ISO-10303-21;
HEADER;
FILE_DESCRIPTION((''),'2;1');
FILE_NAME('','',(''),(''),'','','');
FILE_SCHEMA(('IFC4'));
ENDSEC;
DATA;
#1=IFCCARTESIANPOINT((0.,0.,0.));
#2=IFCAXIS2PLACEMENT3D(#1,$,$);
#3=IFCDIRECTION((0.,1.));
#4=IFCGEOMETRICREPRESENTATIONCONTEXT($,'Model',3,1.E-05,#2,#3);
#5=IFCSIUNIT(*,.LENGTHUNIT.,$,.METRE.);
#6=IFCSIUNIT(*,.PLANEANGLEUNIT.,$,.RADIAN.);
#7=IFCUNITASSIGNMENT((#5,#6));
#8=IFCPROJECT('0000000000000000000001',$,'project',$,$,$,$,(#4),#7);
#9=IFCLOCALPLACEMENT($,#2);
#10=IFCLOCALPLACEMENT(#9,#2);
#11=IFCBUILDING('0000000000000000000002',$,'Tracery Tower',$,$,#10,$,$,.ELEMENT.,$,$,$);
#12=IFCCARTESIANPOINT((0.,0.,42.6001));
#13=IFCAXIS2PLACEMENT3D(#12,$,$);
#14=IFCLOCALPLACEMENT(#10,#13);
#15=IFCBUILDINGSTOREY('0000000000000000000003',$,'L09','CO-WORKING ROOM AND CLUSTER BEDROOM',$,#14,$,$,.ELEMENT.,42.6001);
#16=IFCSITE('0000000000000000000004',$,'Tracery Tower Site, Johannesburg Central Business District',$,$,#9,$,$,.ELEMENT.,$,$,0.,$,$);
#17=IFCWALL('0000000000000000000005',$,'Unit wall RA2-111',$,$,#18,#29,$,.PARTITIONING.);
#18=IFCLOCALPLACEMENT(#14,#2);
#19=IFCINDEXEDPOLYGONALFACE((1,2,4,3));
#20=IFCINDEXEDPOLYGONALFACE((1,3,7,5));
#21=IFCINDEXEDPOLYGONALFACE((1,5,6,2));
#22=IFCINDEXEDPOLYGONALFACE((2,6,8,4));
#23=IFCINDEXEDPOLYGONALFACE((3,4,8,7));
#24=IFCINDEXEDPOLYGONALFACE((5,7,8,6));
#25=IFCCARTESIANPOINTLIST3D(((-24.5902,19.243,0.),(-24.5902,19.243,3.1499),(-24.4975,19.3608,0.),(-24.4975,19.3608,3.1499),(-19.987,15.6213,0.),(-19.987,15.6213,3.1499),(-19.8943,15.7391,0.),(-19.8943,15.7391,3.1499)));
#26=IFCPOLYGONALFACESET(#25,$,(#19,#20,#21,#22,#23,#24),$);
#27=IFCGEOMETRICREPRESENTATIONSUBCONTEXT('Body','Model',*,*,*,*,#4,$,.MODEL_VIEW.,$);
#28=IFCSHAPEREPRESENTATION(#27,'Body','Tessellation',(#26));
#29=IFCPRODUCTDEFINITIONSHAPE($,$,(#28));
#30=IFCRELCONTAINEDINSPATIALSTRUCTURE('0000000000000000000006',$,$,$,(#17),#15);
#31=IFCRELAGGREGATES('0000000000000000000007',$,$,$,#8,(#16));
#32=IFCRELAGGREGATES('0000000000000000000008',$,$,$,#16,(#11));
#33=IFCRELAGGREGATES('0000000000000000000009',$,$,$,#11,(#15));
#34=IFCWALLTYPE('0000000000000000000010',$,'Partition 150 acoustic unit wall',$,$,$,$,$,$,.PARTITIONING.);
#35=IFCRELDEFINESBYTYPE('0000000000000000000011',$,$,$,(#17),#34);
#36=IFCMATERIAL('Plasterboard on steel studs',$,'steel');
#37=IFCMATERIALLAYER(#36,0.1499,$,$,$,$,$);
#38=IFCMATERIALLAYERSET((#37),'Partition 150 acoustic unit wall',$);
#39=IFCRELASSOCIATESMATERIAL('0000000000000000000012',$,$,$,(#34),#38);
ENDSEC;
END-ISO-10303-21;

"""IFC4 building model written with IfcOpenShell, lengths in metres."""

from ifc_helpers import new_model, si_unit, direction, frame, frame_2d, origin, place, context, subcontext, project, spatial, rectangle, extrude, material, layer, layer_set, type_object, element, save


model = new_model("IFC4")

# Units and contexts
model_context = context("Model", 3, precision=1e-05, world=origin(), true_north=direction((0.0, 1.0)))
body_context = subcontext(model_context, "Body", "Model", "MODEL_VIEW")
ifc_project = project(units=[si_unit("LENGTHUNIT", "METRE"), si_unit("PLANEANGLEUNIT", "RADIAN")], contexts=[model_context])

# Site, building, storey
site_placement = place(None, origin())
site = spatial("IfcSite", under=ifc_project, at=site_placement, Name="Tracery Tower Site, Johannesburg Central Business District", CompositionType="ELEMENT", RefElevation=0.0)
building_placement = place(site_placement, origin())
building = spatial("IfcBuilding", under=site, at=building_placement, Name="Tracery Tower", CompositionType="ELEMENT")
storey_placement = place(building_placement, frame((0.0, 0.0, 42.6001)))
storey = spatial("IfcBuildingStorey", under=building, at=storey_placement, Name="L09", Description="CO-WORKING ROOM AND CLUSTER BEDROOM", CompositionType="ELEMENT", Elevation=42.6001)

# Wall
ifc_material_1 = material(Name="Plasterboard on steel studs", Category="steel")
ifc_layer_1 = layer(ifc_material_1, 0.1499)
ifc_layer_set_1 = layer_set([ifc_layer_1], Name="Partition 150 acoustic unit wall")
wall_type_1 = type_object("IfcWallType", Name="Partition 150 acoustic unit wall", PredefinedType="PARTITIONING", material=ifc_layer_set_1)
wall_1_placement = place(storey_placement, frame((-24.5439, 19.302, 0.0), z_axis=(0.0, 0.0, 1.0), x_axis=(0.785906, -0.618346, 0.0)))
element("IfcWall", 1, at=wall_1_placement, inside=storey, type_object=wall_type_1, Name="Unit wall RA2-111", PredefinedType="PARTITIONING", context=body_context, shape_type="SweptSolid", body=[
    extrude(rectangle(XDim=5.8572, YDim=0.1499, at=frame_2d((2.9287, 0.0))), origin(), (0.0, 0.0, 1.0), 3.1499),
])

save(model, "model.ifc")
